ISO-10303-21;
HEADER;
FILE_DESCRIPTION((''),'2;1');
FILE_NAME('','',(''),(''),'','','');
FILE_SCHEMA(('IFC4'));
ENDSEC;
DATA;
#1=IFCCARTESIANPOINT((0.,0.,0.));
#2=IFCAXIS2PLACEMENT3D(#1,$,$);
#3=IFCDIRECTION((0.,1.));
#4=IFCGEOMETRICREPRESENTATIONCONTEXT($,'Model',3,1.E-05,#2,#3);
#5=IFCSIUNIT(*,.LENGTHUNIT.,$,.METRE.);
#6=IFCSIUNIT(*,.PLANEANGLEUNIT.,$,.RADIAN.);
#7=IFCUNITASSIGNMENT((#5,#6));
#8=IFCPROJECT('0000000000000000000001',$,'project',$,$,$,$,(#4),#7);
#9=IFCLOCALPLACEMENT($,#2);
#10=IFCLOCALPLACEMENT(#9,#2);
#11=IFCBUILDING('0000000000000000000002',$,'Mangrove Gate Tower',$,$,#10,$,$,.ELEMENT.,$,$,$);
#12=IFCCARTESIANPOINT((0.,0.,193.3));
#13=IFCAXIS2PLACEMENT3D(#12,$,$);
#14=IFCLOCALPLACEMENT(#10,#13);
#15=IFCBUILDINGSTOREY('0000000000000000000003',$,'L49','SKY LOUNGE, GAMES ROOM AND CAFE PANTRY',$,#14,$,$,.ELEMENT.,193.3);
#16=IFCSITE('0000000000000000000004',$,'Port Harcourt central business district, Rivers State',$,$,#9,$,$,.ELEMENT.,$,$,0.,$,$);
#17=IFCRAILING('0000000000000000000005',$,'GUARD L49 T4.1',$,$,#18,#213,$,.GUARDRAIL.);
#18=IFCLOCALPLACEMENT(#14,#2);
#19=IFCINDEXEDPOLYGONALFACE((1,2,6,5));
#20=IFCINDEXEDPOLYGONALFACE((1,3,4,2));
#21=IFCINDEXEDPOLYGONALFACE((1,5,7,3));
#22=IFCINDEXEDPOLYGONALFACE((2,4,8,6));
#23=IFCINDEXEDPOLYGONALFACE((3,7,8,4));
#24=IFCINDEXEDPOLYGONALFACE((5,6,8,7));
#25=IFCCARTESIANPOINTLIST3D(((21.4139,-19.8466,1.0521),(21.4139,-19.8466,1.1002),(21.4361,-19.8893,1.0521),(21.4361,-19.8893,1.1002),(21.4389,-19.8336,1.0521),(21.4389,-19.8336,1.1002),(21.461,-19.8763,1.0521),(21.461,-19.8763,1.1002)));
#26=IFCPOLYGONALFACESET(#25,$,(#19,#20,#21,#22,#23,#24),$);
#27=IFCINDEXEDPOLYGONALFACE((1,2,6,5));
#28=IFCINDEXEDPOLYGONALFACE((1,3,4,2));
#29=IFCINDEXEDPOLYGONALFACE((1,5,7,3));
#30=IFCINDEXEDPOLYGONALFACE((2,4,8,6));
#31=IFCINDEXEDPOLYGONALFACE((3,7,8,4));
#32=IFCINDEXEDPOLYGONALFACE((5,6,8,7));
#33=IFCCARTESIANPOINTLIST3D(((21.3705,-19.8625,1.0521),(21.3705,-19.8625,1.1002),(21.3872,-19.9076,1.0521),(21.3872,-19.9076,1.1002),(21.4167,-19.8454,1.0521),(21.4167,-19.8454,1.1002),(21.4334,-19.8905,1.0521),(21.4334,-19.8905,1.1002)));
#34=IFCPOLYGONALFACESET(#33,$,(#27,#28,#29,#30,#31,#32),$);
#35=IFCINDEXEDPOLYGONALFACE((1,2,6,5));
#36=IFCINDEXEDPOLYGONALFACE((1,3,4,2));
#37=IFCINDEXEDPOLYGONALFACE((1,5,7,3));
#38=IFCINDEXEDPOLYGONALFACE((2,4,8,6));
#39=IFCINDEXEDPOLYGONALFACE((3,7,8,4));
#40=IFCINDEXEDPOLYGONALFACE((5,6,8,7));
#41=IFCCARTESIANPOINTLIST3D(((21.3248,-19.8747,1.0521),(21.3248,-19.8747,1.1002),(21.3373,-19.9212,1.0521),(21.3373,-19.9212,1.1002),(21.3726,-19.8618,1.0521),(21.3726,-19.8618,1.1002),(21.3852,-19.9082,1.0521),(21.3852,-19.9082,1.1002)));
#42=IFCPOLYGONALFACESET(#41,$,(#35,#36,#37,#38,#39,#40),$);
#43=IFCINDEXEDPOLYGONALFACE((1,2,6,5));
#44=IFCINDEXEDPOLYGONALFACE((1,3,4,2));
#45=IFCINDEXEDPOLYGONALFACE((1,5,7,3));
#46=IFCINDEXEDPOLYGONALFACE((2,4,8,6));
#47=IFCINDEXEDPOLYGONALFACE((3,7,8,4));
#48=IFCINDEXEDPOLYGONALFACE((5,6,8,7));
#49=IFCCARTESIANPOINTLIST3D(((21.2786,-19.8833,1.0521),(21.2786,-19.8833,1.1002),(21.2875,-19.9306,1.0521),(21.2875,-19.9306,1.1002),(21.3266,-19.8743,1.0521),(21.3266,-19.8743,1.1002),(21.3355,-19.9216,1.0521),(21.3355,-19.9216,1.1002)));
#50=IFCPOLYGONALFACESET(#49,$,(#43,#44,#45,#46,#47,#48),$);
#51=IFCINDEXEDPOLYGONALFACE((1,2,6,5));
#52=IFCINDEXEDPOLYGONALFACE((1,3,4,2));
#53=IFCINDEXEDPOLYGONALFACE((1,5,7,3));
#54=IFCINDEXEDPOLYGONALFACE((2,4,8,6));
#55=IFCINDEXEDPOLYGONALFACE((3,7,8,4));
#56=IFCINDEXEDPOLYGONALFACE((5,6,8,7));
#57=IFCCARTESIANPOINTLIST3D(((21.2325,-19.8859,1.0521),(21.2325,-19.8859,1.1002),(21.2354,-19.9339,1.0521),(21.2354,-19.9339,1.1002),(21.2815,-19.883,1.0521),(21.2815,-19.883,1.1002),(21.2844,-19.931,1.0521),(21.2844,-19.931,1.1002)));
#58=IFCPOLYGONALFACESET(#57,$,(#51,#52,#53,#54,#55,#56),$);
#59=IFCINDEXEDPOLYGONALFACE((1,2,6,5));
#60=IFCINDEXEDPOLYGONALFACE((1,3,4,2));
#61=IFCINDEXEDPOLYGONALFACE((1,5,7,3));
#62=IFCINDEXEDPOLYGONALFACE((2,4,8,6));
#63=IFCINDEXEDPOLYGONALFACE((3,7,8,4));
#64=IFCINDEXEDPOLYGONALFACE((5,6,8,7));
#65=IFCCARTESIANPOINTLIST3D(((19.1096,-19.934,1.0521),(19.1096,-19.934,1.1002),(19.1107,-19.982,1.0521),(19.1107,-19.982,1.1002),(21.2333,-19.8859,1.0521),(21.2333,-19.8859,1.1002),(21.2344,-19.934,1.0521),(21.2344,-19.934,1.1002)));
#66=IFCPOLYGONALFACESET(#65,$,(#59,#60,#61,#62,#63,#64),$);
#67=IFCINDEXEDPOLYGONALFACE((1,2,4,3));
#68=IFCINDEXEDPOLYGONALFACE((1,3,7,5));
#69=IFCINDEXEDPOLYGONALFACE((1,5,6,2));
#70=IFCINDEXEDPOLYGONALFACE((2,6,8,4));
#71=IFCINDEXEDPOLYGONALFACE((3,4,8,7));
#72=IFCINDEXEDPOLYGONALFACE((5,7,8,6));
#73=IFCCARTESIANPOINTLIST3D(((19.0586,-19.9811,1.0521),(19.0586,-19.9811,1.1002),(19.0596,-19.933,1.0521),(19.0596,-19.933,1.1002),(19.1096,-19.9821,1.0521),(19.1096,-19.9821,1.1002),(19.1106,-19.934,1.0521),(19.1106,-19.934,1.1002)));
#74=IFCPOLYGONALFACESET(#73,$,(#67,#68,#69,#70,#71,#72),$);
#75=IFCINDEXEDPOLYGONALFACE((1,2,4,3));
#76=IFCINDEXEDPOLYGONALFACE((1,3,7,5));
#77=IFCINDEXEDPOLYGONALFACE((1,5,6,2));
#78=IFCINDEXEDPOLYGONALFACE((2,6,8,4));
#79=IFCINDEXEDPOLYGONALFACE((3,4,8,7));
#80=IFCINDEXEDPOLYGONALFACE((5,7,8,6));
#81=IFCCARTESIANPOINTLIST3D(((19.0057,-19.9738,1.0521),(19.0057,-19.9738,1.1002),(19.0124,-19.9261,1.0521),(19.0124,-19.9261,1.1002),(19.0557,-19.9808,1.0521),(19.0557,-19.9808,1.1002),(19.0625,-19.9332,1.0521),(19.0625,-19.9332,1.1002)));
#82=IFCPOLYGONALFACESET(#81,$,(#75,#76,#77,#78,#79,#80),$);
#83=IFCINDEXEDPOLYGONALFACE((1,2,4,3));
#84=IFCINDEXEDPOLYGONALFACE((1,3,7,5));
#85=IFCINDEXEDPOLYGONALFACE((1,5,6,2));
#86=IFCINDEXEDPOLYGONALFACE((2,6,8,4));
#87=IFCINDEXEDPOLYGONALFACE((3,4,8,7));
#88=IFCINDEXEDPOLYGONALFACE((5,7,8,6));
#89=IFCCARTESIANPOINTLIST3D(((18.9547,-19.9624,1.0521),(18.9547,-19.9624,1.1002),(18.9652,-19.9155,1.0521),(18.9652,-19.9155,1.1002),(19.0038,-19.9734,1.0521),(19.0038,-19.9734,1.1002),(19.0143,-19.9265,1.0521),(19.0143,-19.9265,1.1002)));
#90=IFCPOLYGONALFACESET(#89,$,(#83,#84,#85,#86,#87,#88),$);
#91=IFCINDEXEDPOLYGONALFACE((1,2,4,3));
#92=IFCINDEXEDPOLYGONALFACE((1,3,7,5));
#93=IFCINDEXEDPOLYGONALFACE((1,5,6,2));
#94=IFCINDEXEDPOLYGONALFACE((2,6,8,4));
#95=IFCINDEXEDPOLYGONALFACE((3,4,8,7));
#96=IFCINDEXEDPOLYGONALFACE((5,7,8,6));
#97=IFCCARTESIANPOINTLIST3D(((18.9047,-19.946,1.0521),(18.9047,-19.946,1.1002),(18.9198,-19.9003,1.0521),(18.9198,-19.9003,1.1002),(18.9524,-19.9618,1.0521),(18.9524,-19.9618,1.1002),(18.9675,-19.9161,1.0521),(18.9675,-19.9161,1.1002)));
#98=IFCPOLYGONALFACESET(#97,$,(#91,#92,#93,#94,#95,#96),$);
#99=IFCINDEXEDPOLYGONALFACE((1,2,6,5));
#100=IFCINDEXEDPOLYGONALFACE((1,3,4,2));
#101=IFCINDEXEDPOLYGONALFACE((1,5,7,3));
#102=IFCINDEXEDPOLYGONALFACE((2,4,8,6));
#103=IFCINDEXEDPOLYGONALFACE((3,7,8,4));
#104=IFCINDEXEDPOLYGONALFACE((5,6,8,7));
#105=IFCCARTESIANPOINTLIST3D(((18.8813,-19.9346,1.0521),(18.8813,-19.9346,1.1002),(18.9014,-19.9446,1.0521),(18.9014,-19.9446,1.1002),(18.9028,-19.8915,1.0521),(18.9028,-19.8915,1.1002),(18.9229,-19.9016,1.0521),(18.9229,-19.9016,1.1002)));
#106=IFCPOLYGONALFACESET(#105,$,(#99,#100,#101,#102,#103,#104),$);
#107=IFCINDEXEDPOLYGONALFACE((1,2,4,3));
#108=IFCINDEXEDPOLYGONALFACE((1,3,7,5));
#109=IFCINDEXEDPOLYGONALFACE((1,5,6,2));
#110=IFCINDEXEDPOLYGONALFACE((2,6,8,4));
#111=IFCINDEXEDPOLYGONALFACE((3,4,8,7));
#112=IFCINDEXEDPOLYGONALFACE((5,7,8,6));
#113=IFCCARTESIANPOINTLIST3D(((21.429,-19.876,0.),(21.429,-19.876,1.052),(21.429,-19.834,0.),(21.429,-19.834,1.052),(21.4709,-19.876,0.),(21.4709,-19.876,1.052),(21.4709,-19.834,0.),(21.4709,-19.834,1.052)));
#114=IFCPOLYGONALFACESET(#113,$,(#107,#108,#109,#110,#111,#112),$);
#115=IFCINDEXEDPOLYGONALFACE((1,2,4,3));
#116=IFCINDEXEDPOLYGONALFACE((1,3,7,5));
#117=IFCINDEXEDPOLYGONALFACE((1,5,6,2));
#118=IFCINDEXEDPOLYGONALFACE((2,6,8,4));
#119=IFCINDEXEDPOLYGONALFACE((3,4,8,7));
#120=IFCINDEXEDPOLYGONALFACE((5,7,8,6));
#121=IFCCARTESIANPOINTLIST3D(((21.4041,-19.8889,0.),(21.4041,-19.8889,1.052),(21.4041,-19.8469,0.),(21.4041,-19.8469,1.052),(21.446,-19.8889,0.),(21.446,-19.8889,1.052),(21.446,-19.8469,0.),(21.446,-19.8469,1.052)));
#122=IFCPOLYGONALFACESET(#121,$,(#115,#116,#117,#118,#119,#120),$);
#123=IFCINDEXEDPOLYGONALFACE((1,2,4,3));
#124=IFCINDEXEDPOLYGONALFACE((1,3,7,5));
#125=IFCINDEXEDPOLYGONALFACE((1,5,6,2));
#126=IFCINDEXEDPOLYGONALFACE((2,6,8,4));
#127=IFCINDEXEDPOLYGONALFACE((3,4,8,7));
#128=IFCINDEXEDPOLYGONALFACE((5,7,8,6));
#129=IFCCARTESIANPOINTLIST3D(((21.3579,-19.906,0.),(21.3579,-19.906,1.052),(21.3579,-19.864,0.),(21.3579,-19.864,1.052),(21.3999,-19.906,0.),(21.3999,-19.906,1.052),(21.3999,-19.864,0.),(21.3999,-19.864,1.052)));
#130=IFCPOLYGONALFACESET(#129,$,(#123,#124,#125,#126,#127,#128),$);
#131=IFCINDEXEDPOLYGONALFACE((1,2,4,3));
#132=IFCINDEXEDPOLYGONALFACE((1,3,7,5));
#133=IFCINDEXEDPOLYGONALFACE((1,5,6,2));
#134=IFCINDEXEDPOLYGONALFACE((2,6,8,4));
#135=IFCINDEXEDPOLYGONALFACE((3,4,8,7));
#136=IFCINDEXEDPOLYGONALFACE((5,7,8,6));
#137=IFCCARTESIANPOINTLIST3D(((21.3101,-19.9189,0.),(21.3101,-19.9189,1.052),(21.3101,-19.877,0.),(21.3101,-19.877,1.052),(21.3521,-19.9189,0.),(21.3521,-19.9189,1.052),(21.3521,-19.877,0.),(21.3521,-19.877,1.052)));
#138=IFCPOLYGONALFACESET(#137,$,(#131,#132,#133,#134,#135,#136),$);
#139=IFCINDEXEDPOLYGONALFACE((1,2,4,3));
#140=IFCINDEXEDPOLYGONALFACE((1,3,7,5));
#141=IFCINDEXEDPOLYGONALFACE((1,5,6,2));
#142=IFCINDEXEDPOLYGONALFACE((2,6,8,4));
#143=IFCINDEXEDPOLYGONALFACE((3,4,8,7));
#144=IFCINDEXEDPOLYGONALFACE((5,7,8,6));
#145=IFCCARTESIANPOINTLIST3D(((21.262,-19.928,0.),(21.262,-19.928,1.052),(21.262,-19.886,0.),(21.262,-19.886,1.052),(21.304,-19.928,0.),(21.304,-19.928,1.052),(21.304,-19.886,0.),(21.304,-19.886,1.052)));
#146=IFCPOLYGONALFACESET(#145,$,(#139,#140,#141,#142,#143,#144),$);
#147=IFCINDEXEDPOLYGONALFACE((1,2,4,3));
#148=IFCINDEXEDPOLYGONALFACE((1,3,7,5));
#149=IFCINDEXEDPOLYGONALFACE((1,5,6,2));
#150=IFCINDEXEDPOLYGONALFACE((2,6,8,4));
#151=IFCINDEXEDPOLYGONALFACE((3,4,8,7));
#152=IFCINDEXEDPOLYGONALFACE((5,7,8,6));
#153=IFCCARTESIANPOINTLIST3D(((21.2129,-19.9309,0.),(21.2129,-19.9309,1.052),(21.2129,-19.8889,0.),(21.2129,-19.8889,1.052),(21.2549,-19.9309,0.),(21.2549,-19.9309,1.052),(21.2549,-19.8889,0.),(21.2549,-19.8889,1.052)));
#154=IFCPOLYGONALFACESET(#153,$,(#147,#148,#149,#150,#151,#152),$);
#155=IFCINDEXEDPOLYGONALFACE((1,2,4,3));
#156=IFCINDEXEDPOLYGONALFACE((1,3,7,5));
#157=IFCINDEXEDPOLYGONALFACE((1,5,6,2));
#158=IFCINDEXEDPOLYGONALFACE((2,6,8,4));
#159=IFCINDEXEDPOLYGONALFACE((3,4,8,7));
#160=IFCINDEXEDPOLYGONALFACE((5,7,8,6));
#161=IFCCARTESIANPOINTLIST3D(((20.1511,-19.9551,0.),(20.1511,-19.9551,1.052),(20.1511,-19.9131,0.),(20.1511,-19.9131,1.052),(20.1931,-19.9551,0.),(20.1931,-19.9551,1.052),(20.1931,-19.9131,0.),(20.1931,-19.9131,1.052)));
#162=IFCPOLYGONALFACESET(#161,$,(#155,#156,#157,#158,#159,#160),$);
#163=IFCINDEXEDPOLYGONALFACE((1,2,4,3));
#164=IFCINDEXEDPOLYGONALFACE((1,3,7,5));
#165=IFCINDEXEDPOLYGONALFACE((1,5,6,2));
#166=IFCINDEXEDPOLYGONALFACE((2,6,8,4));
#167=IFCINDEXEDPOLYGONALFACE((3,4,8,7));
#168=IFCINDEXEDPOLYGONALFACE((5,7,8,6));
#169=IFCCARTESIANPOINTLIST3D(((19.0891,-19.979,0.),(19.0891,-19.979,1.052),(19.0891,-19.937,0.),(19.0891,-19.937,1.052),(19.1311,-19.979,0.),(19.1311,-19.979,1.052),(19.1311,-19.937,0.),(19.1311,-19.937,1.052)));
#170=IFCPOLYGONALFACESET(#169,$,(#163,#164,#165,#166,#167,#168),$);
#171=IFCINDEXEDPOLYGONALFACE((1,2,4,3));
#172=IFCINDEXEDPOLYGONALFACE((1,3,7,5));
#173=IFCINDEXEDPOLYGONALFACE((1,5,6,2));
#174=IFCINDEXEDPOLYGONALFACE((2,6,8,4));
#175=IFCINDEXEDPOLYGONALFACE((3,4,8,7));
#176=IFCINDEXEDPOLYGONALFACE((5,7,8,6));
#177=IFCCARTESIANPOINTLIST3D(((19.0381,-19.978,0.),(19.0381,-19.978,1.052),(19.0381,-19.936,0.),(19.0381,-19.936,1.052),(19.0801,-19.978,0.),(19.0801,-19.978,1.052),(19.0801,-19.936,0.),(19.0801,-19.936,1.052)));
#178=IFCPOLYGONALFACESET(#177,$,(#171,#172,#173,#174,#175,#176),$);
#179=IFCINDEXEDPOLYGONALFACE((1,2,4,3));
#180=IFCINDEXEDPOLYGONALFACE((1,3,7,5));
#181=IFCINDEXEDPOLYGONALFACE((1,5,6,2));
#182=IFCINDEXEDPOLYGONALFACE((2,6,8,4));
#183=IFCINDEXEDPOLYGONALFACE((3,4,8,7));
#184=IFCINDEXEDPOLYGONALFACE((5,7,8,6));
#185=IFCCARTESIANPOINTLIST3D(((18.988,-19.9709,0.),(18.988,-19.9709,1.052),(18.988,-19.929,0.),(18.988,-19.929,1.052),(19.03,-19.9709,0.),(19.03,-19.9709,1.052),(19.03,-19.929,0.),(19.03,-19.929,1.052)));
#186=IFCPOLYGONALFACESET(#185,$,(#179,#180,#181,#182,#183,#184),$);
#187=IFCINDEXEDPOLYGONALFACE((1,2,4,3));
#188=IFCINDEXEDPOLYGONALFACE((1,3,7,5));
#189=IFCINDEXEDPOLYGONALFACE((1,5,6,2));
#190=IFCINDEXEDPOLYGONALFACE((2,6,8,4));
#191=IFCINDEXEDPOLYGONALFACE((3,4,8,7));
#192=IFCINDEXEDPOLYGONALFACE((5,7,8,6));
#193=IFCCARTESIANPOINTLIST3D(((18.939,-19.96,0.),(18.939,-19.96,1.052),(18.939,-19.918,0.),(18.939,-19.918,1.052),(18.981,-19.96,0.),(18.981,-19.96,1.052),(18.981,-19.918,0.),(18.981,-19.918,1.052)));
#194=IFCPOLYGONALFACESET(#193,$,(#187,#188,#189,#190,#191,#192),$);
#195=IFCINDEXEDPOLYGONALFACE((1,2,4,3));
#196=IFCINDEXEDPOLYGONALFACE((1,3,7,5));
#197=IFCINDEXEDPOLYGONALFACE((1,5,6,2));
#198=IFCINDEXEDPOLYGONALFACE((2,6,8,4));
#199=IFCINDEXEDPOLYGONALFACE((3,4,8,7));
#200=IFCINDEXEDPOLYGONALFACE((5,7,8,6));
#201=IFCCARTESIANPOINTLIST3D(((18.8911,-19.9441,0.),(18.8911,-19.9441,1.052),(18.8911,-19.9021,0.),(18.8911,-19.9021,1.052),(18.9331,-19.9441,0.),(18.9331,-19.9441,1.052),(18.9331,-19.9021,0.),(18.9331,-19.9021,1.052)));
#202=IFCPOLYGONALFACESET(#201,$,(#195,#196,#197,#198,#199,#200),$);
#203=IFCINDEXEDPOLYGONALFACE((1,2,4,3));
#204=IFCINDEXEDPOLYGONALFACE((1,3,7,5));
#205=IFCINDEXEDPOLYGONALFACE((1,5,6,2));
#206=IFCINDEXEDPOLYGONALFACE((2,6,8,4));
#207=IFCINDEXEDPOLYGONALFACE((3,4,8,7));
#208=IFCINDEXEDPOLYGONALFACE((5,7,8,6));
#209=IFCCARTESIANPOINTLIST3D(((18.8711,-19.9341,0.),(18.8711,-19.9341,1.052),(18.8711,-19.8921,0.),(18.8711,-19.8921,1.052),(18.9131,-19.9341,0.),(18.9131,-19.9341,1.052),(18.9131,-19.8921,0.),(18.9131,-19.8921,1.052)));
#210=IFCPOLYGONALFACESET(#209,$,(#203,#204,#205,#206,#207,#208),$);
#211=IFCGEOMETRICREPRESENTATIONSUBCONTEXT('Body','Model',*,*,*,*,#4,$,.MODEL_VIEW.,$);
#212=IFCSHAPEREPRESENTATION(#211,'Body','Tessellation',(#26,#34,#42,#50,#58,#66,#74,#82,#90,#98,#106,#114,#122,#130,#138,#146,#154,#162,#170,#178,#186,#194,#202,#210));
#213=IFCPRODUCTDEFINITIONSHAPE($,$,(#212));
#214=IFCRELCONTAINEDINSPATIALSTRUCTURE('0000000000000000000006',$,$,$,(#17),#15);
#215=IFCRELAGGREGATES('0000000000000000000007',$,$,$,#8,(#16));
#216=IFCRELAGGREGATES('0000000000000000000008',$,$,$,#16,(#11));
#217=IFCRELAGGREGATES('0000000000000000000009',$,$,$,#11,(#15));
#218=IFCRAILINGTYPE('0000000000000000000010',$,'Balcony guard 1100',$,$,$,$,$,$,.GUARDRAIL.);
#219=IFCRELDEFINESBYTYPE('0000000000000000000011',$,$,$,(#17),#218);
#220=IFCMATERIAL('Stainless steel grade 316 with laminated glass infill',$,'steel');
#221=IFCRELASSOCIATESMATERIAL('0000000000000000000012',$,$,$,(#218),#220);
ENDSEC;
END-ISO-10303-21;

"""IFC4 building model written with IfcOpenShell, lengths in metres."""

from ifc_helpers import new_model, si_unit, direction, frame, origin, origin_2d, place, context, subcontext, project, spatial, rectangle, extrude, material, type_object, element, save


model = new_model("IFC4")

# Units and contexts
model_context = context("Model", 3, precision=1e-05, world=origin(), true_north=direction((0.0, 1.0)))
body_context = subcontext(model_context, "Body", "Model", "MODEL_VIEW")
ifc_project = project(units=[si_unit("LENGTHUNIT", "METRE"), si_unit("PLANEANGLEUNIT", "RADIAN")], contexts=[model_context])

# Site, building, storey
site_placement = place(None, origin())
site = spatial("IfcSite", under=ifc_project, at=site_placement, Name="Port Harcourt central business district, Rivers State", CompositionType="ELEMENT", RefElevation=0.0)
building_placement = place(site_placement, origin())
building = spatial("IfcBuilding", under=site, at=building_placement, Name="Mangrove Gate Tower", CompositionType="ELEMENT")
storey_placement = place(building_placement, frame((0.0, 0.0, 193.3)))
storey = spatial("IfcBuildingStorey", under=building, at=storey_placement, Name="L49", Description="SKY LOUNGE, GAMES ROOM AND CAFE PANTRY", CompositionType="ELEMENT", Elevation=193.3)

# Railing
ifc_material_1 = material(Name="Stainless steel grade 316 with laminated glass infill", Category="steel")
railing_type = type_object("IfcRailingType", Name="Balcony guard 1100", PredefinedType="GUARDRAIL", material=ifc_material_1)
railing_1_placement = place(storey_placement, frame((21.45, -19.855, 0.0)))
element("IfcRailing", 1, at=railing_1_placement, inside=storey, type_object=railing_type, Name="GUARD L49 T4.1", PredefinedType="GUARDRAIL", context=body_context, shape_type="SweptSolid", body=[
    extrude(rectangle(XDim=0.0481, YDim=0.0481, at=origin_2d()), frame((0.0, 0.0, 1.0762), z_axis=(-0.887359, -0.461079, 0.0), x_axis=(0.461079, -0.887359, 0.0)), (0.0, 0.0, 1.0), 0.0281),
    extrude(rectangle(XDim=0.0481, YDim=0.0481, at=origin_2d()), frame((-0.0249, -0.0129, 1.0762), z_axis=(-0.937749, -0.347314, 0.0), x_axis=(0.347314, -0.937749, 0.0)), (0.0, 0.0, 1.0), 0.0493),
    extrude(rectangle(XDim=0.0481, YDim=0.0481, at=origin_2d()), frame((-0.071, -0.03, 1.0762), z_axis=(-0.96533, -0.261033, 0.0), x_axis=(0.261033, -0.96533, 0.0)), (0.0, 0.0, 1.0), 0.0496),
    extrude(rectangle(XDim=0.0481, YDim=0.0481, at=origin_2d()), frame((-0.1189, -0.043, 1.0762), z_axis=(-0.982816, -0.18459, 0.0), x_axis=(0.18459, -0.982816, 0.0)), (0.0, 0.0, 1.0), 0.0488),
    extrude(rectangle(XDim=0.0481, YDim=0.0481, at=origin_2d()), frame((-0.167, -0.052, 1.0762), z_axis=(-0.998223, -0.059595, 0.0), x_axis=(0.059595, -0.998223, 0.0)), (0.0, 0.0, 1.0), 0.0491),
    extrude(rectangle(XDim=0.0481, YDim=0.0481, at=origin_2d()), frame((-0.2161, -0.0549, 1.0762), z_axis=(-0.999744, -0.02264, 0.0), x_axis=(0.02264, -0.999744, 0.0)), (0.0, 0.0, 1.0), 2.1243),
    extrude(rectangle(XDim=0.0481, YDim=0.0481, at=origin_2d()), frame((-2.3398, -0.103, 1.0762), z_axis=(-0.999817, 0.019135, 0.0), x_axis=(-0.019135, -0.999817, 0.0)), (0.0, 0.0, 1.0), 0.051),
    extrude(rectangle(XDim=0.0481, YDim=0.0481, at=origin_2d()), frame((-2.3909, -0.1021, 1.0762), z_axis=(-0.990142, 0.140069, 0.0), x_axis=(-0.140069, -0.990142, 0.0)), (0.0, 0.0, 1.0), 0.0505),
    extrude(rectangle(XDim=0.0481, YDim=0.0481, at=origin_2d()), frame((-2.4409, -0.095, 1.0762), z_axis=(-0.975843, 0.218472, 0.0), x_axis=(-0.218472, -0.975843, 0.0)), (0.0, 0.0, 1.0), 0.0503),
    extrude(rectangle(XDim=0.0481, YDim=0.0481, at=origin_2d()), frame((-2.49, -0.084, 1.0762), z_axis=(-0.949166, 0.314775, 0.0), x_axis=(-0.314775, -0.949166, 0.0)), (0.0, 0.0, 1.0), 0.0503),
    extrude(rectangle(XDim=0.0481, YDim=0.0481, at=origin_2d()), frame((-2.5378, -0.0681, 1.0762), z_axis=(-0.894427, 0.447214, 0.0), x_axis=(-0.447214, -0.894427, 0.0)), (0.0, 0.0, 1.0), 0.0225),
    extrude(rectangle(XDim=0.042, YDim=0.042, at=origin_2d()), origin(), (0.0, 0.0, 1.0), 1.052),
    extrude(rectangle(XDim=0.042, YDim=0.042, at=origin_2d()), frame((-0.0249, -0.0129, 0.0)), (0.0, 0.0, 1.0), 1.052),
    extrude(rectangle(XDim=0.042, YDim=0.042, at=origin_2d()), frame((-0.071, -0.03, 0.0)), (0.0, 0.0, 1.0), 1.052),
    extrude(rectangle(XDim=0.042, YDim=0.042, at=origin_2d()), frame((-0.1189, -0.043, 0.0)), (0.0, 0.0, 1.0), 1.052),
    extrude(rectangle(XDim=0.042, YDim=0.042, at=origin_2d()), frame((-0.167, -0.052, 0.0)), (0.0, 0.0, 1.0), 1.052),
    extrude(rectangle(XDim=0.042, YDim=0.042, at=origin_2d()), frame((-0.2161, -0.0549, 0.0)), (0.0, 0.0, 1.0), 1.052),
    extrude(rectangle(XDim=0.042, YDim=0.042, at=origin_2d()), frame((-1.2778, -0.0791, 0.0)), (0.0, 0.0, 1.0), 1.052),
    extrude(rectangle(XDim=0.042, YDim=0.042, at=origin_2d()), frame((-2.3398, -0.103, 0.0)), (0.0, 0.0, 1.0), 1.052),
    extrude(rectangle(XDim=0.042, YDim=0.042, at=origin_2d()), frame((-2.3909, -0.1021, 0.0)), (0.0, 0.0, 1.0), 1.052),
    extrude(rectangle(XDim=0.042, YDim=0.042, at=origin_2d()), frame((-2.4409, -0.095, 0.0)), (0.0, 0.0, 1.0), 1.052),
    extrude(rectangle(XDim=0.042, YDim=0.042, at=origin_2d()), frame((-2.49, -0.084, 0.0)), (0.0, 0.0, 1.0), 1.052),
    extrude(rectangle(XDim=0.042, YDim=0.042, at=origin_2d()), frame((-2.5378, -0.0681, 0.0)), (0.0, 0.0, 1.0), 1.052),
    extrude(rectangle(XDim=0.042, YDim=0.042, at=origin_2d()), frame((-2.5579, -0.0581, 0.0)), (0.0, 0.0, 1.0), 1.052),
])

save(model, "model.ifc")
